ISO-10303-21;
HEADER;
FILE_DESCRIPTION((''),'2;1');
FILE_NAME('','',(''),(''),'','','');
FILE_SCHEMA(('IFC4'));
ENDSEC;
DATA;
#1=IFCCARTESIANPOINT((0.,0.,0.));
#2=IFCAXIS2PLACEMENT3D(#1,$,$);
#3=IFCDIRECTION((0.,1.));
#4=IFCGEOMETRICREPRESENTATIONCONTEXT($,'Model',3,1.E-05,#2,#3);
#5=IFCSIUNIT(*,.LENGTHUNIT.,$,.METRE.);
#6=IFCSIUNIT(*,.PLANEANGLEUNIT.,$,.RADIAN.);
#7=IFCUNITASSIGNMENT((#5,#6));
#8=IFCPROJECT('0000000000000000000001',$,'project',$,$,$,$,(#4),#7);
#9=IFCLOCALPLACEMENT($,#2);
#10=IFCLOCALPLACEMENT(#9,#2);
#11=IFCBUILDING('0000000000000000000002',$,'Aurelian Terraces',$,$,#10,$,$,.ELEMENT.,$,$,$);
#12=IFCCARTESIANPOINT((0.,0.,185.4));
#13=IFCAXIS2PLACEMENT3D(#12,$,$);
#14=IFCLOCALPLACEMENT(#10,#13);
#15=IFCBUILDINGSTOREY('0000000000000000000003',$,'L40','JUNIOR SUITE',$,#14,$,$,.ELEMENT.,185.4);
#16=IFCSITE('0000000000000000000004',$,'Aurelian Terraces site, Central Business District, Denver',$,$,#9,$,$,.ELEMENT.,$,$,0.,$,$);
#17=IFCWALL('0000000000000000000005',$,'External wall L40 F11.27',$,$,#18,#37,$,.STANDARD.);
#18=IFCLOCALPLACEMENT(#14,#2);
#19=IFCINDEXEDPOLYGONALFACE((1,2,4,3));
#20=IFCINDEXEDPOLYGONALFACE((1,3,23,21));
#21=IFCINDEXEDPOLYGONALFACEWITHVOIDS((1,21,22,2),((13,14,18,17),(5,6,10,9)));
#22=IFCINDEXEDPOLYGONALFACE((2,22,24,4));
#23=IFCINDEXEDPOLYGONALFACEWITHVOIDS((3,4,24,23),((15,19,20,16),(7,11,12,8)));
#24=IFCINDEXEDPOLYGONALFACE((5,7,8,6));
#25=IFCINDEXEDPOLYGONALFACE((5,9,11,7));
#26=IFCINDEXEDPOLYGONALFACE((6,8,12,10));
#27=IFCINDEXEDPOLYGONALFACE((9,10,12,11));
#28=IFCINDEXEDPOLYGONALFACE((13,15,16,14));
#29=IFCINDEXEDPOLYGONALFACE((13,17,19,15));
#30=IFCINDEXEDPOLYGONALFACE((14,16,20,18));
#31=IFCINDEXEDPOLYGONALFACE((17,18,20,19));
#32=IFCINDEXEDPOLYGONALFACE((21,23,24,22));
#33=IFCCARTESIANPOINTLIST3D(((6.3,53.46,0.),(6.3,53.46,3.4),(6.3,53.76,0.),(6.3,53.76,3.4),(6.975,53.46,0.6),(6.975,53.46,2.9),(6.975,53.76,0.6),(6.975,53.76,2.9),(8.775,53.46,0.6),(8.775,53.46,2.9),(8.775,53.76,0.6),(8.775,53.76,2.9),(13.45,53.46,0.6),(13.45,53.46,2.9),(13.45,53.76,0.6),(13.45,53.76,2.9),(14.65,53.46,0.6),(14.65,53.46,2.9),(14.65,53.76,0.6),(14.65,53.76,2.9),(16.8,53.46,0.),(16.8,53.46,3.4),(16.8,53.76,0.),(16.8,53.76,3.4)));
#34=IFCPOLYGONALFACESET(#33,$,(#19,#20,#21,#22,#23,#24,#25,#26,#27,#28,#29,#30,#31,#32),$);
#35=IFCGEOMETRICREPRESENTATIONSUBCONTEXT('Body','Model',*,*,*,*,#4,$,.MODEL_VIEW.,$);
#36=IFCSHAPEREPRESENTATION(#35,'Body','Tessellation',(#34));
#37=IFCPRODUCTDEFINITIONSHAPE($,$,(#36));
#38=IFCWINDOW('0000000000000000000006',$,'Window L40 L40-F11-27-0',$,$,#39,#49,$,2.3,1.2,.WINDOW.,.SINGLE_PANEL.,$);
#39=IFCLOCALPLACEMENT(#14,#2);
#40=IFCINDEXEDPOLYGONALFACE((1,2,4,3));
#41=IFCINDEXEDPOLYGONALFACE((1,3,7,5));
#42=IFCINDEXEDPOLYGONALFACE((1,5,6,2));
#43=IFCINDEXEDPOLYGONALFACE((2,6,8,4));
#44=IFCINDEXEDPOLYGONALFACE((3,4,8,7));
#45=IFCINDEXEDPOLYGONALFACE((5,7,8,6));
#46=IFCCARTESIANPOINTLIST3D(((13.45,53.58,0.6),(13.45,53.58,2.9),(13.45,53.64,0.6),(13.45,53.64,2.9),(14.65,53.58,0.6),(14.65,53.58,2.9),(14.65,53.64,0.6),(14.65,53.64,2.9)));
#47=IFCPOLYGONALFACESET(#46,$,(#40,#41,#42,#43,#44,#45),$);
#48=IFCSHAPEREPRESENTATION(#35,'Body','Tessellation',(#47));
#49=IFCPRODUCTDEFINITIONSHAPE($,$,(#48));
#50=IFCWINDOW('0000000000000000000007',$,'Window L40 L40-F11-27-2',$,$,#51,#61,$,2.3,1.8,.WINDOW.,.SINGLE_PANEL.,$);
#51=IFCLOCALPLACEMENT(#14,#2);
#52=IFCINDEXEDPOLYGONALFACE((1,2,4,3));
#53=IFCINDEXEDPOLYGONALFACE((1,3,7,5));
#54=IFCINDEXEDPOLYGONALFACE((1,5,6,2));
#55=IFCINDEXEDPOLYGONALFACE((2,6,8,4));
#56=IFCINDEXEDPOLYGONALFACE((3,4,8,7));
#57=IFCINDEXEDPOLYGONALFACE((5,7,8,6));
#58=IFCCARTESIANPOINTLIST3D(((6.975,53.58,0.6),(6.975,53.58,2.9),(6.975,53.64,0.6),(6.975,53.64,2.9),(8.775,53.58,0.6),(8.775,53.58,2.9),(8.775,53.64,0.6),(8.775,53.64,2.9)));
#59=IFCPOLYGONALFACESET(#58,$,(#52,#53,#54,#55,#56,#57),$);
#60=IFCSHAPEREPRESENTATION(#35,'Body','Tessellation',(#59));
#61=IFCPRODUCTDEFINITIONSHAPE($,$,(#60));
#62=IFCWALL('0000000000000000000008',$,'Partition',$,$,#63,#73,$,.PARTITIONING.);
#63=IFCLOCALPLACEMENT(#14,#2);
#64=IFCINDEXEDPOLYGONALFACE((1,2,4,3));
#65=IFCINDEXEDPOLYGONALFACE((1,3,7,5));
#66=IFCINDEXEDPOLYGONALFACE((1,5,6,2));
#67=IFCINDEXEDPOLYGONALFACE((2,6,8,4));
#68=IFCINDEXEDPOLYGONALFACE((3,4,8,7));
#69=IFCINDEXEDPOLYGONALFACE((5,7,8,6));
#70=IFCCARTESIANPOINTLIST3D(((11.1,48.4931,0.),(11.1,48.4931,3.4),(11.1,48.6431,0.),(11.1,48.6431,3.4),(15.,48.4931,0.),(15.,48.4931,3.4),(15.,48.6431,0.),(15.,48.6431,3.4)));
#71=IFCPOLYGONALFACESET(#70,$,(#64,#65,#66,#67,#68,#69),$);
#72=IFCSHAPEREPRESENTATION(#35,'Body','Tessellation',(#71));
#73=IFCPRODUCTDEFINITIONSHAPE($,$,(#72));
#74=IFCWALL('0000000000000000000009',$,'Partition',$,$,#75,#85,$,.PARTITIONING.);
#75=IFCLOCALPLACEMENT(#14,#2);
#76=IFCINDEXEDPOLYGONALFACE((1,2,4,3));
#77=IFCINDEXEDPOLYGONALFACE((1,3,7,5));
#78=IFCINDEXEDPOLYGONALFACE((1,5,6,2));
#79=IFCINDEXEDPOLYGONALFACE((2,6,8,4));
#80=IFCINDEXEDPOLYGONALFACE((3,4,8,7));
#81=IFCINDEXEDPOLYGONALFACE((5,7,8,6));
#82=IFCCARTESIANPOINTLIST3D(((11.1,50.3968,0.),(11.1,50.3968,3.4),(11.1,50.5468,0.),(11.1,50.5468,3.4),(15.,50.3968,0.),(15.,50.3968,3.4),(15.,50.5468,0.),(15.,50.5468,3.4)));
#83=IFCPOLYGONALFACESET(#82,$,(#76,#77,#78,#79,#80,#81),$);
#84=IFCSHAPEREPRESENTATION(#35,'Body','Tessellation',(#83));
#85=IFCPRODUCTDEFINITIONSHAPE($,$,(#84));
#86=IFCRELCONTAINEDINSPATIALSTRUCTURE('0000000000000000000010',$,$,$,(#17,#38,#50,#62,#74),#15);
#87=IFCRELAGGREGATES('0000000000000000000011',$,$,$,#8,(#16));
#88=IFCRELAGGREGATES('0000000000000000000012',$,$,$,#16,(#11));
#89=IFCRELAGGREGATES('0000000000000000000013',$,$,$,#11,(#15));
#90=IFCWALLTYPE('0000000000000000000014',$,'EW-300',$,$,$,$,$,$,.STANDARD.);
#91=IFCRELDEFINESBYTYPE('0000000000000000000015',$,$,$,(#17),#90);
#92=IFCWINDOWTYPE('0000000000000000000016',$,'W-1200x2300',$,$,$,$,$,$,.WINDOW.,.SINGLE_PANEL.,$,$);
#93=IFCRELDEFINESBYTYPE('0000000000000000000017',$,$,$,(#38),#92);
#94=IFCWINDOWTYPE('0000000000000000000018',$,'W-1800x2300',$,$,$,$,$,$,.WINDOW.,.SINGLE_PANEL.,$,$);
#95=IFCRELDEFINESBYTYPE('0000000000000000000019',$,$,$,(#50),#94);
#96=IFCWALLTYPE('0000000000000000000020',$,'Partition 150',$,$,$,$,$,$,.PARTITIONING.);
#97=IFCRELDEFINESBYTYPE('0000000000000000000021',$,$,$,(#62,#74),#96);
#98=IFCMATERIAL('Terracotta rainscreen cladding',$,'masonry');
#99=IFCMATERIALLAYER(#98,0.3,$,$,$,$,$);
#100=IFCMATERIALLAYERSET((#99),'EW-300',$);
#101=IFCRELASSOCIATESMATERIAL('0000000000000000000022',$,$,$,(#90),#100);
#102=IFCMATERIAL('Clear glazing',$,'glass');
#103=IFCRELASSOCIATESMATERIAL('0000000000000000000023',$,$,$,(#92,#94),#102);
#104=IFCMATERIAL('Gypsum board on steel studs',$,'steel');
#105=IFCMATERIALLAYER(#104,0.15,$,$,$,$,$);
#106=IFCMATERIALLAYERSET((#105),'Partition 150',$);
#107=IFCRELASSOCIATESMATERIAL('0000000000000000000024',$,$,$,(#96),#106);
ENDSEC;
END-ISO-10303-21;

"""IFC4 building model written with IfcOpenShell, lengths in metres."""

from ifc_helpers import new_model, si_unit, direction, frame, frame_2d, origin, place, context, subcontext, project, spatial, rectangle, extrude, source, transform, mapped, material, layer, layer_set, type_object, element, fill, save


model = new_model("IFC4")

# Units and contexts
model_context = context("Model", 3, precision=1e-05, world=origin(), true_north=direction((0.0, 1.0)))
body_context = subcontext(model_context, "Body", "Model", "MODEL_VIEW")
ifc_project = project(units=[si_unit("LENGTHUNIT", "METRE"), si_unit("PLANEANGLEUNIT", "RADIAN")], contexts=[model_context])

# Site, building, storey
site_placement = place(None, origin())
site = spatial("IfcSite", under=ifc_project, at=site_placement, Name="Aurelian Terraces site, Central Business District, Denver", CompositionType="ELEMENT", RefElevation=0.0)
building_placement = place(site_placement, origin())
building = spatial("IfcBuilding", under=site, at=building_placement, Name="Aurelian Terraces", CompositionType="ELEMENT")
storey_placement = place(building_placement, frame((0.0, 0.0, 185.4)))
storey = spatial("IfcBuildingStorey", under=building, at=storey_placement, Name="L40", Description="JUNIOR SUITE", CompositionType="ELEMENT", Elevation=185.4)

# Shared definitions
ifc_material_1 = material(Name="Gypsum board on steel studs", Category="steel")

# Shared definitions
ifc_material_2 = material(Name="Terracotta rainscreen cladding", Category="masonry")
ifc_layer_1 = layer(ifc_material_2, 0.3)
ifc_layer_set_1 = layer_set([ifc_layer_1], Name="EW-300")
wall_type_1 = type_object("IfcWallType", Name="EW-300", PredefinedType="STANDARD", material=ifc_layer_set_1)
ifc_material_3 = material(Name="Clear glazing", Category="glass")

# Shared definitions
shared_shape_1 = source(origin(), body_context, "Body", "SweptSolid", [
    extrude(rectangle(XDim=1.2, YDim=2.3, at=frame_2d((0.6, 1.15))), frame((0.0, 0.16, 0.0), z_axis=(0.0, -1.0, 0.0), x_axis=(1.0, 0.0, 0.0)), (0.0, 0.0, 1.0), 0.32),
])
window_type_1 = type_object("IfcWindowType", Name="W-1200x2300", PartitioningType="SINGLE_PANEL", PredefinedType="WINDOW", material=ifc_material_3)
shared_shape_2 = source(origin(), body_context, "Body", "SweptSolid", [
    extrude(rectangle(XDim=1.2, YDim=2.3, at=frame_2d((0.6, 1.15))), frame((0.0, 0.03, 0.0), z_axis=(0.0, -1.0, 0.0), x_axis=(1.0, 0.0, 0.0)), (0.0, 0.0, 1.0), 0.06),
])

# Wall, openings, windows
shared_shape_3 = source(origin(), body_context, "Body", "SweptSolid", [
    extrude(rectangle(XDim=10.5, YDim=0.3, at=frame_2d((5.25, 0.0))), origin(), (0.0, 0.0, 1.0), 3.4),
])
wall_1_placement = place(storey_placement, frame((16.8, 53.61, 0.0), z_axis=(0.0, 0.0, 1.0), x_axis=(-1.0, 0.0, 0.0)))
wall_1 = element("IfcWall", 1, at=wall_1_placement, inside=storey, type_object=wall_type_1, Name="External wall L40 F11.27", PredefinedType="STANDARD", context=body_context, shape_type="MappedRepresentation", body=[
    mapped(shared_shape_3, transform((0.0, 0.0, 0.0), scale=1.0)),
])
opening_1_placement = place(wall_1_placement, frame((2.15, 0.0, 0.6)))
opening_1 = element("IfcOpeningElement", 2, at=opening_1_placement, cuts=wall_1, PredefinedType="OPENING", context=body_context, shape_type="MappedRepresentation", body=[
    mapped(shared_shape_1, transform((0.0, 0.0, 0.0), scale=1.0)),
])
shared_shape_4 = source(origin(), body_context, "Body", "SweptSolid", [
    extrude(rectangle(XDim=1.8, YDim=2.3, at=frame_2d((0.9, 1.15))), frame((0.0, 0.16, 0.0), z_axis=(0.0, -1.0, 0.0), x_axis=(1.0, 0.0, 0.0)), (0.0, 0.0, 1.0), 0.32),
])
opening_2_placement = place(wall_1_placement, frame((8.025, 0.0, 0.6)))
opening_2 = element("IfcOpeningElement", 3, at=opening_2_placement, cuts=wall_1, PredefinedType="OPENING", context=body_context, shape_type="MappedRepresentation", body=[
    mapped(shared_shape_4, transform((0.0, 0.0, 0.0), scale=1.0)),
])
window_1_placement = place(opening_1_placement, origin())
window_1 = element("IfcWindow", 4, at=window_1_placement, inside=storey, type_object=window_type_1, Name="Window L40 L40-F11-27-0", OverallHeight=2.3, OverallWidth=1.2, PartitioningType="SINGLE_PANEL", PredefinedType="WINDOW", context=body_context, shape_type="MappedRepresentation", body=[
    mapped(shared_shape_2, transform((0.0, 0.0, 0.0), scale=1.0)),
])
fill(opening_1, window_1)
window_type_2 = type_object("IfcWindowType", Name="W-1800x2300", PartitioningType="SINGLE_PANEL", PredefinedType="WINDOW", material=ifc_material_3)
shared_shape_5 = source(origin(), body_context, "Body", "SweptSolid", [
    extrude(rectangle(XDim=1.8, YDim=2.3, at=frame_2d((0.9, 1.15))), frame((0.0, 0.03, 0.0), z_axis=(0.0, -1.0, 0.0), x_axis=(1.0, 0.0, 0.0)), (0.0, 0.0, 1.0), 0.06),
])
window_2_placement = place(opening_2_placement, origin())
window_2 = element("IfcWindow", 5, at=window_2_placement, inside=storey, type_object=window_type_2, Name="Window L40 L40-F11-27-2", OverallHeight=2.3, OverallWidth=1.8, PartitioningType="SINGLE_PANEL", PredefinedType="WINDOW", context=body_context, shape_type="MappedRepresentation", body=[
    mapped(shared_shape_5, transform((0.0, 0.0, 0.0), scale=1.0)),
])
fill(opening_2, window_2)

# Walls
ifc_layer_2 = layer(ifc_material_1, 0.15)
ifc_layer_set_2 = layer_set([ifc_layer_2], Name="Partition 150")
wall_type_2 = type_object("IfcWallType", Name="Partition 150", PredefinedType="PARTITIONING", material=ifc_layer_set_2)
shared_shape_6 = source(origin(), body_context, "Body", "SweptSolid", [
    extrude(rectangle(XDim=3.9, YDim=0.15, at=frame_2d((1.95, 0.0))), origin(), (0.0, 0.0, 1.0), 3.4),
])
for number, where, z_axis, x_axis, name in (
    (6, (15.0, 48.5681, 0.0), (0.0, 0.0, 1.0), (-1.0, 0.0, 0.0), "Partition"),
    (7, (15.0, 50.4718, 0.0), (0.0, 0.0, 1.0), (-1.0, 0.0, 0.0), "Partition"),
):
    element("IfcWall", number, at=place(storey_placement, frame(where, z_axis=z_axis, x_axis=x_axis)), inside=storey, type_object=wall_type_2, Name=name, PredefinedType="PARTITIONING", context=body_context, shape_type="MappedRepresentation", body=[
        mapped(shared_shape_6, transform((0.0, 0.0, 0.0), scale=1.0)),
    ])

save(model, "model.ifc")
